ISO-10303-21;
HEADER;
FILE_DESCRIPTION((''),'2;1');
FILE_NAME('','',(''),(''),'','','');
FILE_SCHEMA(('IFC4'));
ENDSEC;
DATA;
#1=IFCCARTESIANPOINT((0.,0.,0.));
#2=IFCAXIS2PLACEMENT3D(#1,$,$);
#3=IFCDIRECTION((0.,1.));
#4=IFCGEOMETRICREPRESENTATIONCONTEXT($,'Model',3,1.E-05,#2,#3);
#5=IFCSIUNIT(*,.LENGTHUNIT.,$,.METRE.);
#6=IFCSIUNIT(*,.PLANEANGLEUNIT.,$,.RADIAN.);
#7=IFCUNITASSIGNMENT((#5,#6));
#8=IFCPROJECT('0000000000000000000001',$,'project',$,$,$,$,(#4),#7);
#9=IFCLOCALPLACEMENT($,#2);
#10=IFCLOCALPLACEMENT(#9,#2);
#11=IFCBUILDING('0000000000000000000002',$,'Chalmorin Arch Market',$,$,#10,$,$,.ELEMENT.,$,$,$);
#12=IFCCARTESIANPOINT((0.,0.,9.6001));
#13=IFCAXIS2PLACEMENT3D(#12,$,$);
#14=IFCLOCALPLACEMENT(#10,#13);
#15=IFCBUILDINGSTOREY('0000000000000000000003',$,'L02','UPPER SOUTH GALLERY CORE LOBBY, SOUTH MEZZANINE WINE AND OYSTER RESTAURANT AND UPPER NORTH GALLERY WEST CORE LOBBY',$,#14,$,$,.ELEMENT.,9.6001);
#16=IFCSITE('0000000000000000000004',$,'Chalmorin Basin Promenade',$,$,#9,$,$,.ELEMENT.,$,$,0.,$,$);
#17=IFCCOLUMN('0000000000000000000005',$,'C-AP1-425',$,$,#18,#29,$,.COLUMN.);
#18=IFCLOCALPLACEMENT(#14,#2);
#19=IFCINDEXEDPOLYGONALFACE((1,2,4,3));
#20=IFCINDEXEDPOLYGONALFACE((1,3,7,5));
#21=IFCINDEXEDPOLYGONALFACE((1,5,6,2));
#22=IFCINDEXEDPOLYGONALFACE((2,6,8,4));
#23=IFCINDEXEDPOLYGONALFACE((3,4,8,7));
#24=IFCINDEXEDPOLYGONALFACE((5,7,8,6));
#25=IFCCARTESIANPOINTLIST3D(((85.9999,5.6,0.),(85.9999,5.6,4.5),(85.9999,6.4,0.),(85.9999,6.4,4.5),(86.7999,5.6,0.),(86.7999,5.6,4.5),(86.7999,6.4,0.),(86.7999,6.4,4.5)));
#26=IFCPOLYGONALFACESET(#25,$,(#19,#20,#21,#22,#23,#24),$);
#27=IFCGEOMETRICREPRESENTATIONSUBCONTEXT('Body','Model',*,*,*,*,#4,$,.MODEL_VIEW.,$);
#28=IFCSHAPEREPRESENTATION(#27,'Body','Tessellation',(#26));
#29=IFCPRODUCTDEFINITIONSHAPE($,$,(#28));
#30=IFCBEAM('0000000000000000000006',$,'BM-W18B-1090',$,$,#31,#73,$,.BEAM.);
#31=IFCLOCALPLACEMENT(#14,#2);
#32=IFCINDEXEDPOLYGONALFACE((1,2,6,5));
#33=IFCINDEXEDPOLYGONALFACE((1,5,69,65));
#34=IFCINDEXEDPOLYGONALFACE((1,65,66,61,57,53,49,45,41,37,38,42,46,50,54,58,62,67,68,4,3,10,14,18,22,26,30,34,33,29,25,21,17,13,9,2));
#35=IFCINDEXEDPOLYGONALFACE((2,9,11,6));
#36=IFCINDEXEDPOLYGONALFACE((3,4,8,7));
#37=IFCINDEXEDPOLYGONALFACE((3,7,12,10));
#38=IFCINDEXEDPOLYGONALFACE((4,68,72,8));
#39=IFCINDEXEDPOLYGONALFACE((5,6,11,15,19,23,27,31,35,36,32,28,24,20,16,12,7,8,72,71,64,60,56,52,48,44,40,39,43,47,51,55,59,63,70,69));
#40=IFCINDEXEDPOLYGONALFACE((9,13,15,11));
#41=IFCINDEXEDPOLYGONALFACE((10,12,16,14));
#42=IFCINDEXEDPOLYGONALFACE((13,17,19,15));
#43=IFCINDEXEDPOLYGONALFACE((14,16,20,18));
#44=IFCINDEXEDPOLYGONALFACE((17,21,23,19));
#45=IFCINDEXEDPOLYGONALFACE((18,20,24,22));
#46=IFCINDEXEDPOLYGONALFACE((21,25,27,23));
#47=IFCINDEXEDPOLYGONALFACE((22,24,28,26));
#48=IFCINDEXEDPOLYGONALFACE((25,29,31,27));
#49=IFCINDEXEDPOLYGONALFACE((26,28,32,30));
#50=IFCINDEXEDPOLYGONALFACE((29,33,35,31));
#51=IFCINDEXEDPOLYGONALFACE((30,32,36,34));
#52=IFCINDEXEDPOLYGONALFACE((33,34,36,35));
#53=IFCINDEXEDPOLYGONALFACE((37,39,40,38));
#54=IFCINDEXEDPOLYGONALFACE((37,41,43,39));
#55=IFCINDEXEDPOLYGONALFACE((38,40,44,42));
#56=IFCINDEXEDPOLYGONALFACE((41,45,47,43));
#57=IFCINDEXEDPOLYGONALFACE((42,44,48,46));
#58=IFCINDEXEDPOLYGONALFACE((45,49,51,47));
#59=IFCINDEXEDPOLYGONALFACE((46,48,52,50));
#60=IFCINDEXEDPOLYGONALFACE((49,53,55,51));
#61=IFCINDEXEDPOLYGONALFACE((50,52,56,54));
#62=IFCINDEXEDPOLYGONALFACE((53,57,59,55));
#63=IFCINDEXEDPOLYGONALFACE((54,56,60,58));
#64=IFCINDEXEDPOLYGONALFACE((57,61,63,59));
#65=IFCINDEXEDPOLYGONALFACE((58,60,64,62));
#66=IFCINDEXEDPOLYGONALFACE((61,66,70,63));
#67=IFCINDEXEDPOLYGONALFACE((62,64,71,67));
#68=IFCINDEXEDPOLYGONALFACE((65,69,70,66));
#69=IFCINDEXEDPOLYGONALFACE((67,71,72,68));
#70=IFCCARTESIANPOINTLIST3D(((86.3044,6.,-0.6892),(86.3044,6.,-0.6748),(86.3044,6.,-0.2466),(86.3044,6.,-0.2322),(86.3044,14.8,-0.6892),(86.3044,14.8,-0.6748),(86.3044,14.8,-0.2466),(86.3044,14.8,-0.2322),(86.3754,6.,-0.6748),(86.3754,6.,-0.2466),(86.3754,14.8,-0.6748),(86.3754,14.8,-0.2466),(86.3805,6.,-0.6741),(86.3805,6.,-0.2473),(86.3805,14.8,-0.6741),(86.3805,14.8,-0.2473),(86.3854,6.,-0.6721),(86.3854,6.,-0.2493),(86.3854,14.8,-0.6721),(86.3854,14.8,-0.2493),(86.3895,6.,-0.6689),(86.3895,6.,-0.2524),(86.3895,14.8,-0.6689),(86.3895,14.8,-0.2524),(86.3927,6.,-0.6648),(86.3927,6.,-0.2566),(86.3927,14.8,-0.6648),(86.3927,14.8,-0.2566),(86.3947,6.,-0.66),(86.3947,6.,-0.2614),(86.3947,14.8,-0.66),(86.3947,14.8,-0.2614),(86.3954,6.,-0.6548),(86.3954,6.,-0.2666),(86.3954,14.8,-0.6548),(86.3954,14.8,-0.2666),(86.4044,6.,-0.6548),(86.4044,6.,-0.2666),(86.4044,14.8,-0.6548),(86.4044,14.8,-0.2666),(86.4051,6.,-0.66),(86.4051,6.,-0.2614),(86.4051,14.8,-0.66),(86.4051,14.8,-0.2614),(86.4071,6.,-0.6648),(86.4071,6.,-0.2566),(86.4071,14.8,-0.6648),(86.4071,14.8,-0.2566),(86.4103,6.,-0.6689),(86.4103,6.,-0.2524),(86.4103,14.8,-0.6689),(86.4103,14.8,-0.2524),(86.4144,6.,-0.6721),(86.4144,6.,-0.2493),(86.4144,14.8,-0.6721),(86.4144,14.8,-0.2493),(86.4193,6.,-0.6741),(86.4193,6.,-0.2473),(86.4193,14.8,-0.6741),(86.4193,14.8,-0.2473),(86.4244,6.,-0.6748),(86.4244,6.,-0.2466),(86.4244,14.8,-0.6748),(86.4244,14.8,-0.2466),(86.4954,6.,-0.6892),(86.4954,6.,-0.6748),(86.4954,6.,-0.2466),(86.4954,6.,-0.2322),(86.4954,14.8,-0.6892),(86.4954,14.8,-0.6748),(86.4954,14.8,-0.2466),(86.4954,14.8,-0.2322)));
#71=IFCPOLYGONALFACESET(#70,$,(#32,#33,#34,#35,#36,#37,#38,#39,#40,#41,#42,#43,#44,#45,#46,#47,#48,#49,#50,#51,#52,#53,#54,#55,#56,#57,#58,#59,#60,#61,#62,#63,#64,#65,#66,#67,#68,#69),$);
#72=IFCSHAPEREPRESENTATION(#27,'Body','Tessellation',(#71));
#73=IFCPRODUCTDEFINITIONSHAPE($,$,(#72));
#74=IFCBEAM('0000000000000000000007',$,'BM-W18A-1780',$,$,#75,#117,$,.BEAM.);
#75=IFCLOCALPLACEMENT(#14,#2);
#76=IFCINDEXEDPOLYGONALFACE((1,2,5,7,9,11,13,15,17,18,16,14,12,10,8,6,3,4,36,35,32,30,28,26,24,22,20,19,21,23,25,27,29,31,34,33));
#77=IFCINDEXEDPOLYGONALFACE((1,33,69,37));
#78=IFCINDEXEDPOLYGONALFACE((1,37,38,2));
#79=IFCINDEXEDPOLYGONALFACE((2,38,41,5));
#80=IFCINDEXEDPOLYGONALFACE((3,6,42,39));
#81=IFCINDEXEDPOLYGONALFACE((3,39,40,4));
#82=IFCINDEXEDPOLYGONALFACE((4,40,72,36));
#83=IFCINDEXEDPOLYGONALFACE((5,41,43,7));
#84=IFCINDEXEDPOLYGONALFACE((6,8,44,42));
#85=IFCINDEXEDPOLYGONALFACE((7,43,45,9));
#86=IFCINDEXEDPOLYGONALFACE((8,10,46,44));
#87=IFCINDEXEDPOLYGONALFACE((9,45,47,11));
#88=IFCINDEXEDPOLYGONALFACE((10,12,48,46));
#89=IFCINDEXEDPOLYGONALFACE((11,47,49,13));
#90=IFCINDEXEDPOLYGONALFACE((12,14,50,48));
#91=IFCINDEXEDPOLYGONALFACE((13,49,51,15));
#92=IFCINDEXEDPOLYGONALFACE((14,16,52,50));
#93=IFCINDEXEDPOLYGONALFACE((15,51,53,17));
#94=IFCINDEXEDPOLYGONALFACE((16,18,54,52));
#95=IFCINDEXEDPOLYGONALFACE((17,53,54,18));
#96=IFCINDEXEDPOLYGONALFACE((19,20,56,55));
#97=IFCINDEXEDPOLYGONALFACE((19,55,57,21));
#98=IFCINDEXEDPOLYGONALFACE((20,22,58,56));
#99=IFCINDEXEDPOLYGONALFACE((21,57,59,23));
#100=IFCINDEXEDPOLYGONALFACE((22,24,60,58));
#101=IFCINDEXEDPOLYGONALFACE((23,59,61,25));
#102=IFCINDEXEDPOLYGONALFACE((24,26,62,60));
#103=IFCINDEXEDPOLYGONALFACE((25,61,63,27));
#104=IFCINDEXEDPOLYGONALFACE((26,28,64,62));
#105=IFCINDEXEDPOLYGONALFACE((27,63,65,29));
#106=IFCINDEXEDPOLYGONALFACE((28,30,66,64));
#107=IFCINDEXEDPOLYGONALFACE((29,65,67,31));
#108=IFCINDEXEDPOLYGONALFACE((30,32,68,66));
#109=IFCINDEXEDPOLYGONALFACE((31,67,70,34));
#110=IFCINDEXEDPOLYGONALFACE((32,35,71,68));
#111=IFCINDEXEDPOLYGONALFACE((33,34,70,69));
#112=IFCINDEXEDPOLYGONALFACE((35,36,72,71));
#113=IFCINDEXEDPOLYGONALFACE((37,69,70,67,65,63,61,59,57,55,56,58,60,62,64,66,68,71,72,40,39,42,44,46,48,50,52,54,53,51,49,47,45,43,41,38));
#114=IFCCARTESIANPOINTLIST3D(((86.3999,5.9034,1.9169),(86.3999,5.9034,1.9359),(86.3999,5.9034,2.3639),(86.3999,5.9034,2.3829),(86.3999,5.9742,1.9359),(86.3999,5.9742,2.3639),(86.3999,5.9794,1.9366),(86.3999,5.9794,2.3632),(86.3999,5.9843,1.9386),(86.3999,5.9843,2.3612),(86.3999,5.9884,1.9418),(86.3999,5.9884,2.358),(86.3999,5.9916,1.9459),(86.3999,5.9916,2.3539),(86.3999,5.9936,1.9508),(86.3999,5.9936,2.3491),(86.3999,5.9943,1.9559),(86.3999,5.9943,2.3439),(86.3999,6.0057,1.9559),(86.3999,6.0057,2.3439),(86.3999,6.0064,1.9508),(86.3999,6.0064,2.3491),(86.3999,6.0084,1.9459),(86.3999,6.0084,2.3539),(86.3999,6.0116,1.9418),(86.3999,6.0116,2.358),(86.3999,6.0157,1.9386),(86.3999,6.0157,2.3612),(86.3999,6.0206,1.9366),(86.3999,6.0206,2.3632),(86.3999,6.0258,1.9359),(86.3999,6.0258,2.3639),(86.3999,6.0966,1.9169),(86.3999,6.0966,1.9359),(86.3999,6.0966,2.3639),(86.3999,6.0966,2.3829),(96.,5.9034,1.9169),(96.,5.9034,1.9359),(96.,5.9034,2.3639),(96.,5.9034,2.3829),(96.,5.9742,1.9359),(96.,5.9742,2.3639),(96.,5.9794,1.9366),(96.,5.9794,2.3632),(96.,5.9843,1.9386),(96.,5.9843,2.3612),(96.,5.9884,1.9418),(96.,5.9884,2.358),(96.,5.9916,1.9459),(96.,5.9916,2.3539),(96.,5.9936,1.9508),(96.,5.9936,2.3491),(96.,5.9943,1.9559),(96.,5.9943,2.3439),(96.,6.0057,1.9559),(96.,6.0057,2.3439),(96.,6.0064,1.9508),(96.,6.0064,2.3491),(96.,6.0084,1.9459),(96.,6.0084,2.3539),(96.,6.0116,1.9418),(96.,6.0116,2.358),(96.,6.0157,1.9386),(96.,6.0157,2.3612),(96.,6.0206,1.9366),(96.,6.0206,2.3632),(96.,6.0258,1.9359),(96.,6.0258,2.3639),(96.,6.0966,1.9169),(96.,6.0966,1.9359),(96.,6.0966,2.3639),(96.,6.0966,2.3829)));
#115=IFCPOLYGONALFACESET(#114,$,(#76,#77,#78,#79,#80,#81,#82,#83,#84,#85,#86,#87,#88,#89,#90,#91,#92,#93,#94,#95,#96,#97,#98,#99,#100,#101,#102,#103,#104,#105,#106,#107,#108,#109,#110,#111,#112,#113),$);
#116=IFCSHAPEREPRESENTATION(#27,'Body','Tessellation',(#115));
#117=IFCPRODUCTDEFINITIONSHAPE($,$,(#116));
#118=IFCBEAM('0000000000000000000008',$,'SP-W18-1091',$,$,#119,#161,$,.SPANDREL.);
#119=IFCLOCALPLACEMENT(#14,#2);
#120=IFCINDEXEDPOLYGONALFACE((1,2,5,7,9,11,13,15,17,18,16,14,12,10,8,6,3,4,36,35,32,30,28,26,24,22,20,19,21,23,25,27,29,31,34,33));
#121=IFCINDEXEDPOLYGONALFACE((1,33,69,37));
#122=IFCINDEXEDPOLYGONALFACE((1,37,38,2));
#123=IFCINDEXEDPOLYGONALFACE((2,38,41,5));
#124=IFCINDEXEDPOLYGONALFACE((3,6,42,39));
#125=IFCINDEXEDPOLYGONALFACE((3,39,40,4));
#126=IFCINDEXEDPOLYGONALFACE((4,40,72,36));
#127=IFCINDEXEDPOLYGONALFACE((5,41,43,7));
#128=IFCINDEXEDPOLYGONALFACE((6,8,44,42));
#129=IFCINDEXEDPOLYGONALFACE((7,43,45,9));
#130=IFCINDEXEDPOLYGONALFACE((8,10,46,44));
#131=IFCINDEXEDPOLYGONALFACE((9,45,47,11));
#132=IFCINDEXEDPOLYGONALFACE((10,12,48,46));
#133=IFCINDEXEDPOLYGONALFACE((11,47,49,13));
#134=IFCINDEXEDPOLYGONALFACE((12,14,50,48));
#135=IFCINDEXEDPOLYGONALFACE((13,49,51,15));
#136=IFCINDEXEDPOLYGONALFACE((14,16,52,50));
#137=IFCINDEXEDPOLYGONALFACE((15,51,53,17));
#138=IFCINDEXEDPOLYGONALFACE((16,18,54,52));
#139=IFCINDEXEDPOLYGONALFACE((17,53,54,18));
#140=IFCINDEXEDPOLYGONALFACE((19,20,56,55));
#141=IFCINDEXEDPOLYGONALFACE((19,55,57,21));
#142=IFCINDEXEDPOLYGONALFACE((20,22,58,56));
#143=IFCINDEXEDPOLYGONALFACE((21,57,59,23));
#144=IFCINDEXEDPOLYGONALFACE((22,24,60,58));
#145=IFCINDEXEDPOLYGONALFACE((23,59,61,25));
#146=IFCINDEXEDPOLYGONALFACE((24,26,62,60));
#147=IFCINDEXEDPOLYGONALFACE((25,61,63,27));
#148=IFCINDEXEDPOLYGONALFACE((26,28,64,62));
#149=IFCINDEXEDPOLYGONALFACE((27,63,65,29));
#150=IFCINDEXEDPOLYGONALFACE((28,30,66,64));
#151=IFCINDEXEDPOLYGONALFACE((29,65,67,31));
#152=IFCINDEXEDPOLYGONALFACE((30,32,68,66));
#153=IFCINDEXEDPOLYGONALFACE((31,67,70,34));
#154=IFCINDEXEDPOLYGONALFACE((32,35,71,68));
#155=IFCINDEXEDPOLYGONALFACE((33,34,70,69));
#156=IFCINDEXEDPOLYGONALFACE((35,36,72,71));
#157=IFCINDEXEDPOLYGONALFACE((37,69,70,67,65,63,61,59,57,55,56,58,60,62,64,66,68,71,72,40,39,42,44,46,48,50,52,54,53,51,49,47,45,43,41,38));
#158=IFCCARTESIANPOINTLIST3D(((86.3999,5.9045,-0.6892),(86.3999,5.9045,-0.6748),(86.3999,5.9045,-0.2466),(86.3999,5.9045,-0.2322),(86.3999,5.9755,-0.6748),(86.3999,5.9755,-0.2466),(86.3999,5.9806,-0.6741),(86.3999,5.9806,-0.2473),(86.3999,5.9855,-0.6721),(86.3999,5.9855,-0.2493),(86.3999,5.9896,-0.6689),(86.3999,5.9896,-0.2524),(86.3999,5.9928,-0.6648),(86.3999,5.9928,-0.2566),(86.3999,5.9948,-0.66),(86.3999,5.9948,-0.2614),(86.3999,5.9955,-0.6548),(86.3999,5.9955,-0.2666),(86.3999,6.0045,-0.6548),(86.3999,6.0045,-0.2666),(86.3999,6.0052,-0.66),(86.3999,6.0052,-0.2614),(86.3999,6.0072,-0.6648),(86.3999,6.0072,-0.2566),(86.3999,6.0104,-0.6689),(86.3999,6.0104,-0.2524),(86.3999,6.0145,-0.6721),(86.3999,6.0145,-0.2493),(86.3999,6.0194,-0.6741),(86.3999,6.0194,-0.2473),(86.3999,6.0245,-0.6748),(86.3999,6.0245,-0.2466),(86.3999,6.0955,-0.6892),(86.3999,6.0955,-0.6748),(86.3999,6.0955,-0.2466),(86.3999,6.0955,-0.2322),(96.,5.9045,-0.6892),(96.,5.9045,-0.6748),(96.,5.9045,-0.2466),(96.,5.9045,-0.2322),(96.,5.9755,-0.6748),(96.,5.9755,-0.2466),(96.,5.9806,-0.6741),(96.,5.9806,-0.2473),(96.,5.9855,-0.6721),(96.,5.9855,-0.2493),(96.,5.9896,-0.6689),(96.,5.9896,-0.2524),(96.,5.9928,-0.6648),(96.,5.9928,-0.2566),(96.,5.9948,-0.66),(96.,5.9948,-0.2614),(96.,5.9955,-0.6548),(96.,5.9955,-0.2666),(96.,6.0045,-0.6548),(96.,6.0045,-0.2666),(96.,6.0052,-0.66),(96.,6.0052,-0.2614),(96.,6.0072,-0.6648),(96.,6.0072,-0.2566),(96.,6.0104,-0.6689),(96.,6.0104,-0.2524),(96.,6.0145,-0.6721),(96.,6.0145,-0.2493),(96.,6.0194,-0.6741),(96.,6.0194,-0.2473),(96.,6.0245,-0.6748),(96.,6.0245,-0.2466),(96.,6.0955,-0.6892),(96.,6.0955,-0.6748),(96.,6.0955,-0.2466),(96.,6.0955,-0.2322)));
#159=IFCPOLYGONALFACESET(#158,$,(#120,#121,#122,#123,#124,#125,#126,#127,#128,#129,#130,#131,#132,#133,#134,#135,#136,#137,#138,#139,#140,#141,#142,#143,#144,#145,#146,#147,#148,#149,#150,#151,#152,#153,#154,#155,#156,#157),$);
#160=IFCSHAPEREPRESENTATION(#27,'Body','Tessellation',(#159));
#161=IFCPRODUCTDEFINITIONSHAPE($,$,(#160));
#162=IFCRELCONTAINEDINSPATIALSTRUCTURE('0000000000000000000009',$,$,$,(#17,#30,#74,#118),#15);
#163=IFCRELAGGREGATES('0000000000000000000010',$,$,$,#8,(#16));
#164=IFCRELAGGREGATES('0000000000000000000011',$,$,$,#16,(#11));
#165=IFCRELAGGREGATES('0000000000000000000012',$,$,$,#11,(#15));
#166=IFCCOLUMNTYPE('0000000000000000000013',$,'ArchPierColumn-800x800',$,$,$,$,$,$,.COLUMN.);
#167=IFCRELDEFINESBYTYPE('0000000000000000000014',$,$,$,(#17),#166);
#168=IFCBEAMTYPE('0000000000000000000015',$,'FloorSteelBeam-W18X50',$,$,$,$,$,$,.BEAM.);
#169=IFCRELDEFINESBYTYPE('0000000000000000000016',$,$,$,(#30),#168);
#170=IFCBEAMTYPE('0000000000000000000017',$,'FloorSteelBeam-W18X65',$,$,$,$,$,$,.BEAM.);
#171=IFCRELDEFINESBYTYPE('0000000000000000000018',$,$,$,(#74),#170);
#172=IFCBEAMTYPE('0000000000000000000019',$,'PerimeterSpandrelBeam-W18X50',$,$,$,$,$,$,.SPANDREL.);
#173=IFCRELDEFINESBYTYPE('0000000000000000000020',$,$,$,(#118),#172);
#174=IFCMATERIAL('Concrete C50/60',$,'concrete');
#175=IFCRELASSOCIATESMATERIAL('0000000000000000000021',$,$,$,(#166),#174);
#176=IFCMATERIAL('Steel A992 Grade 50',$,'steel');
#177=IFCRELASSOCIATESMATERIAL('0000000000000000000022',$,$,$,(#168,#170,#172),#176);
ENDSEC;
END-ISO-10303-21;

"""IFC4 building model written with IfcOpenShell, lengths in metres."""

from ifc_helpers import new_model, si_unit, direction, frame, origin, origin_2d, place, context, subcontext, project, spatial, rectangle, i_section, extrude, material, material_profile, profile_set, type_object, element, save


model = new_model("IFC4")

# Units and contexts
model_context = context("Model", 3, precision=1e-05, world=origin(), true_north=direction((0.0, 1.0)))
body_context = subcontext(model_context, "Body", "Model", "MODEL_VIEW")
ifc_project = project(units=[si_unit("LENGTHUNIT", "METRE"), si_unit("PLANEANGLEUNIT", "RADIAN")], contexts=[model_context])

# Site, building, storey
site_placement = place(None, origin())
site = spatial("IfcSite", under=ifc_project, at=site_placement, Name="Chalmorin Basin Promenade", CompositionType="ELEMENT", RefElevation=0.0)
building_placement = place(site_placement, origin())
building = spatial("IfcBuilding", under=site, at=building_placement, Name="Chalmorin Arch Market", CompositionType="ELEMENT")
storey_placement = place(building_placement, frame((0.0, 0.0, 9.6001)))
storey = spatial("IfcBuildingStorey", under=building, at=storey_placement, Name="L02", Description="UPPER SOUTH GALLERY CORE LOBBY, SOUTH MEZZANINE WINE AND OYSTER RESTAURANT AND UPPER NORTH GALLERY WEST CORE LOBBY", CompositionType="ELEMENT", Elevation=9.6001)

# Column
ifc_material_1 = material(Name="Concrete C50/60", Category="concrete")
ifc_material_profile_1 = material_profile(ifc_material_1, rectangle(XDim=0.8, YDim=0.8, at=origin_2d()), Name="RC800X800")
ifc_profile_set_1 = profile_set([ifc_material_profile_1], Name="Concrete C50/60")
column_type = type_object("IfcColumnType", Name="ArchPierColumn-800x800", PredefinedType="COLUMN", material=ifc_profile_set_1)
column_placement = place(storey_placement, frame((86.3999, 6.0, 0.0), z_axis=(0.0, 0.0, 1.0), x_axis=(1.0, 0.0, 0.0)))
element("IfcColumn", 1, at=column_placement, inside=storey, type_object=column_type, Name="C-AP1-425", PredefinedType="COLUMN", context=body_context, shape_type="SweptSolid", body=[
    extrude(rectangle(XDim=0.8, YDim=0.8, at=origin_2d()), origin(), (0.0, 0.0, 1.0), 4.5),
])

# Beams
ifc_material_2 = material(Name="Steel A992 Grade 50", Category="steel")
ifc_material_profile_2 = material_profile(ifc_material_2, i_section(OverallWidth=0.1909, OverallDepth=0.457, WebThickness=0.009, FlangeThickness=0.0144, FilletRadius=0.02, at=origin_2d()), Name="W18X50")
ifc_profile_set_2 = profile_set([ifc_material_profile_2], Name="Steel A992 Grade 50")
beam_type_1 = type_object("IfcBeamType", Name="FloorSteelBeam-W18X50", PredefinedType="BEAM", material=ifc_profile_set_2)
beam_1_placement = place(storey_placement, frame((86.3999, 6.0, -0.4607), z_axis=(0.0, 1.0, 0.0), x_axis=(-1.0, 0.0, 0.0)))
element("IfcBeam", 2, at=beam_1_placement, inside=storey, type_object=beam_type_1, Name="BM-W18B-1090", PredefinedType="BEAM", context=body_context, shape_type="SweptSolid", body=[
    extrude(i_section(OverallWidth=0.1909, OverallDepth=0.457, WebThickness=0.009, FlangeThickness=0.0144, FilletRadius=0.02, at=origin_2d()), origin(), (0.0, 0.0, 1.0), 8.8),
])
ifc_material_profile_3 = material_profile(ifc_material_2, i_section(OverallWidth=0.1931, OverallDepth=0.4661, WebThickness=0.0115, FlangeThickness=0.019, FilletRadius=0.02, at=origin_2d()), Name="W18X65")
ifc_profile_set_3 = profile_set([ifc_material_profile_3], Name="Steel A992 Grade 50")
beam_type_2 = type_object("IfcBeamType", Name="FloorSteelBeam-W18X65", PredefinedType="BEAM", material=ifc_profile_set_3)
beam_2_placement = place(storey_placement, frame((86.3999, 6.0, 2.1499), z_axis=(1.0, 0.0, 0.0), x_axis=(0.0, 1.0, 0.0)))
element("IfcBeam", 3, at=beam_2_placement, inside=storey, type_object=beam_type_2, Name="BM-W18A-1780", PredefinedType="BEAM", context=body_context, shape_type="SweptSolid", body=[
    extrude(i_section(OverallWidth=0.1931, OverallDepth=0.4661, WebThickness=0.0115, FlangeThickness=0.019, FilletRadius=0.02, at=origin_2d()), origin(), (0.0, 0.0, 1.0), 9.6001),
])
ifc_material_profile_4 = material_profile(ifc_material_2, i_section(OverallWidth=0.1909, OverallDepth=0.457, WebThickness=0.009, FlangeThickness=0.0144, FilletRadius=0.02, at=origin_2d()), Name="W18X50")
ifc_profile_set_4 = profile_set([ifc_material_profile_4], Name="Steel A992 Grade 50")
beam_type_3 = type_object("IfcBeamType", Name="PerimeterSpandrelBeam-W18X50", PredefinedType="SPANDREL", material=ifc_profile_set_4)
beam_3_placement = place(storey_placement, frame((86.3999, 6.0, -0.4607), z_axis=(1.0, 0.0, 0.0), x_axis=(0.0, 1.0, 0.0)))
element("IfcBeam", 4, at=beam_3_placement, inside=storey, type_object=beam_type_3, Name="SP-W18-1091", PredefinedType="SPANDREL", context=body_context, shape_type="SweptSolid", body=[
    extrude(i_section(OverallWidth=0.1909, OverallDepth=0.457, WebThickness=0.009, FlangeThickness=0.0144, FilletRadius=0.02, at=origin_2d()), origin(), (0.0, 0.0, 1.0), 9.6001),
])

save(model, "model.ifc")
